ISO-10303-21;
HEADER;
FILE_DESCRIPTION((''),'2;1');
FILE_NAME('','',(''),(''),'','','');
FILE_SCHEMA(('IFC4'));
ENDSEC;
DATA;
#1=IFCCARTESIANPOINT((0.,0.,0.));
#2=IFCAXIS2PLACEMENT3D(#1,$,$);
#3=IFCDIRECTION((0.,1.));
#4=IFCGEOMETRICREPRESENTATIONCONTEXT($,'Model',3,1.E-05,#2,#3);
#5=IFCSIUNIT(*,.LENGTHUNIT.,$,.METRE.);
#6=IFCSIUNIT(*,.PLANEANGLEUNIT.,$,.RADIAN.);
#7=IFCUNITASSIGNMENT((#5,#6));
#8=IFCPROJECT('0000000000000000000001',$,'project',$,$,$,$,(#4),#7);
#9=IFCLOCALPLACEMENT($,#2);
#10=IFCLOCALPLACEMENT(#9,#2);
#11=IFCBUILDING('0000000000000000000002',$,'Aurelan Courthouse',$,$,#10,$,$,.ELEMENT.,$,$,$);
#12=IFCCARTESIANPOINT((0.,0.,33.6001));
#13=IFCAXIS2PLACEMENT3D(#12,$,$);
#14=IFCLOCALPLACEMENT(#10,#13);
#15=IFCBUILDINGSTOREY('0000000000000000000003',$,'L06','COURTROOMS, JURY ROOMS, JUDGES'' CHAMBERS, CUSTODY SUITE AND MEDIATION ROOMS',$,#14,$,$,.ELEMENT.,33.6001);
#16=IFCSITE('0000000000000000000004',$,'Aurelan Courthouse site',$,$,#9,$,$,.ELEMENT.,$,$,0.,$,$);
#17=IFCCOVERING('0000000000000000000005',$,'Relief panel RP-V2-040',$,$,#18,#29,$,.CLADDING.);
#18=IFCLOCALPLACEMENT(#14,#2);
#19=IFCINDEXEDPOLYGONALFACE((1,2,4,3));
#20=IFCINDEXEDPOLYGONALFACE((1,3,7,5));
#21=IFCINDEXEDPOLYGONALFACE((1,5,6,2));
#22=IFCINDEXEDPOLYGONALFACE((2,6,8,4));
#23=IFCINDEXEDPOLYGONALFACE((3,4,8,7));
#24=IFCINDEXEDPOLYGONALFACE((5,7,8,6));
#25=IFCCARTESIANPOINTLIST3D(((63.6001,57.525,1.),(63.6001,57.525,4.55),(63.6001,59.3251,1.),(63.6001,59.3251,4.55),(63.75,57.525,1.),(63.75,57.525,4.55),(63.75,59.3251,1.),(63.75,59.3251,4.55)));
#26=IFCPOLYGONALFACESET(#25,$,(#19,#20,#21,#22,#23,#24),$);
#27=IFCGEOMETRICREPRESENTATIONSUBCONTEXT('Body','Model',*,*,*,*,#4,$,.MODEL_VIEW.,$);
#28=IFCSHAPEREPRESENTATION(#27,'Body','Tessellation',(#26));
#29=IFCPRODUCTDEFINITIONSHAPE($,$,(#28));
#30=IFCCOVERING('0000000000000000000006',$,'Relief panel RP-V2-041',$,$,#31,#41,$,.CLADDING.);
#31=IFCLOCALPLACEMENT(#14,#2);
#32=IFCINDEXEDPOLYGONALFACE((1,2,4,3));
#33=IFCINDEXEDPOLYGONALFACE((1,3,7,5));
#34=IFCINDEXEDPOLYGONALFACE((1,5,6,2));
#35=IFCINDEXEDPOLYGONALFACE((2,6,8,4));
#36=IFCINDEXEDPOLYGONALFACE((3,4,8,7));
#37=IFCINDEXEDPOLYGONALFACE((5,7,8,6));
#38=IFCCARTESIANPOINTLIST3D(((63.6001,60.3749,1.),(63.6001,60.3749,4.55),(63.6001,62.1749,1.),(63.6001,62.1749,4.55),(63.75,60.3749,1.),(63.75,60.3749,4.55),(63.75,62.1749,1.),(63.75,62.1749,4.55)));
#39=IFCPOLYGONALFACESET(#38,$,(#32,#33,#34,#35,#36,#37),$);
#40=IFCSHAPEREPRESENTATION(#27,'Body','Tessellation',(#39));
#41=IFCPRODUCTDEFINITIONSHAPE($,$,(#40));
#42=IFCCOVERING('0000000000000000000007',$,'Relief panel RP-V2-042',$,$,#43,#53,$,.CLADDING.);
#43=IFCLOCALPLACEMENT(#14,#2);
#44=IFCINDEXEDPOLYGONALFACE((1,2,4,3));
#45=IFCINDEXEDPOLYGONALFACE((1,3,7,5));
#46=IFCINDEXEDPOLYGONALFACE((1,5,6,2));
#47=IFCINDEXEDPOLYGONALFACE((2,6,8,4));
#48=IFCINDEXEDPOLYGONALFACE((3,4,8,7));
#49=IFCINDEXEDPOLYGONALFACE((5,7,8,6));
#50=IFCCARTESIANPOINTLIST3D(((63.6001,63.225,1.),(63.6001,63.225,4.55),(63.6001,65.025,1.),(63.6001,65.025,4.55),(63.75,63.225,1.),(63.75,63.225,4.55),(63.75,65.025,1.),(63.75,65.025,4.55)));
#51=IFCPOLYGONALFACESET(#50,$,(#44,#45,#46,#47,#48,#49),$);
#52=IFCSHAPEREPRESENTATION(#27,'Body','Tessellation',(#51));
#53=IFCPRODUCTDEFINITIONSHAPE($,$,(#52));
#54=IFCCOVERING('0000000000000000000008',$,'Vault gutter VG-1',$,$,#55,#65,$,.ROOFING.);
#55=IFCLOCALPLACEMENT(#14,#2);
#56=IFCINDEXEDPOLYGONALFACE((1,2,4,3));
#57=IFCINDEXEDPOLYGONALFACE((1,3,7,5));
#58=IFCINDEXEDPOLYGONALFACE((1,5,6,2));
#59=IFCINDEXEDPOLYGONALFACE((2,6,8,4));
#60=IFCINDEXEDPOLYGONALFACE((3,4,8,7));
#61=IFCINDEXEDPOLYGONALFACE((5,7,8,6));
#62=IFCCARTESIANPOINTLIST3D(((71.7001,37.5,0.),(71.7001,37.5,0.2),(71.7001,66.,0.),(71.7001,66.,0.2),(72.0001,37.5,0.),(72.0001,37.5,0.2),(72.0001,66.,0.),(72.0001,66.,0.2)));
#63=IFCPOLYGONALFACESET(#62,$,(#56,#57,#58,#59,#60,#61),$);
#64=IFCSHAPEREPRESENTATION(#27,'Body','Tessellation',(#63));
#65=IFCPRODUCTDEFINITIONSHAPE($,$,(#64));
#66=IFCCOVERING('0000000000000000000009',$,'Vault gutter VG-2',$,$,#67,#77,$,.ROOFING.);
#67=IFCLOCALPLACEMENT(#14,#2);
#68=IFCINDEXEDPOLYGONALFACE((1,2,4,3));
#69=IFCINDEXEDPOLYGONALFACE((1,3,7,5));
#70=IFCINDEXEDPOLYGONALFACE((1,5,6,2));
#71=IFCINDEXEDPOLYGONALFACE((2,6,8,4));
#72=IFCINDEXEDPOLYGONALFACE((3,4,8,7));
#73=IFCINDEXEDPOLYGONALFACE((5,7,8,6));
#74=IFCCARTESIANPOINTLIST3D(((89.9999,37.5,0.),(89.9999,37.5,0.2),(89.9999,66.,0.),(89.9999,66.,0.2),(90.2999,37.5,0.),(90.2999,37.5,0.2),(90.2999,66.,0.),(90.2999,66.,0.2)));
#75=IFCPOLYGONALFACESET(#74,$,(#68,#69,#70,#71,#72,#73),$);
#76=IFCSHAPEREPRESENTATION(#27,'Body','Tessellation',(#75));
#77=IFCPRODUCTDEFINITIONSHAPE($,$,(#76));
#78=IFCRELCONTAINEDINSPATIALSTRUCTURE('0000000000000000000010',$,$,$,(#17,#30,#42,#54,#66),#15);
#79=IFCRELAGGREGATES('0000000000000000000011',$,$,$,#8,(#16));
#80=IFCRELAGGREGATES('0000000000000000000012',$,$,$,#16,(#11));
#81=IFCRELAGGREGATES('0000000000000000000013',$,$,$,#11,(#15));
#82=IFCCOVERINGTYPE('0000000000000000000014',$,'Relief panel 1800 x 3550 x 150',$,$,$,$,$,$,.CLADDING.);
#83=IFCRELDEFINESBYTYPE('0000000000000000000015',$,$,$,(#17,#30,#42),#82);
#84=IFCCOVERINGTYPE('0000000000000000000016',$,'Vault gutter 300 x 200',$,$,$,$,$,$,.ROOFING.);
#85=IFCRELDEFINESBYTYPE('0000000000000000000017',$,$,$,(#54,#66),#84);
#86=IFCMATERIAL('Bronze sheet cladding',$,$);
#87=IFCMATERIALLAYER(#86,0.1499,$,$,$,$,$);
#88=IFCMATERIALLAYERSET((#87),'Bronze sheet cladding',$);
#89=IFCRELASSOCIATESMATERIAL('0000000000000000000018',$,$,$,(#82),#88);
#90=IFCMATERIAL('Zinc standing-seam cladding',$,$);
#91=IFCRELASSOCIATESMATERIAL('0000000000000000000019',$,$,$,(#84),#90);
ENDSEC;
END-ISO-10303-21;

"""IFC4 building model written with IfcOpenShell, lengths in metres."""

from ifc_helpers import new_model, si_unit, direction, frame, origin, origin_2d, place, context, subcontext, project, spatial, rectangle, extrude, material, layer, layer_set, type_object, element, save


model = new_model("IFC4")

# Units and contexts
model_context = context("Model", 3, precision=1e-05, world=origin(), true_north=direction((0.0, 1.0)))
body_context = subcontext(model_context, "Body", "Model", "MODEL_VIEW")
ifc_project = project(units=[si_unit("LENGTHUNIT", "METRE"), si_unit("PLANEANGLEUNIT", "RADIAN")], contexts=[model_context])

# Site, building, storey
site_placement = place(None, origin())
site = spatial("IfcSite", under=ifc_project, at=site_placement, Name="Aurelan Courthouse site", CompositionType="ELEMENT", RefElevation=0.0)
building_placement = place(site_placement, origin())
building = spatial("IfcBuilding", under=site, at=building_placement, Name="Aurelan Courthouse", CompositionType="ELEMENT")
storey_placement = place(building_placement, frame((0.0, 0.0, 33.6001)))
storey = spatial("IfcBuildingStorey", under=building, at=storey_placement, Name="L06", Description="COURTROOMS, JURY ROOMS, JUDGES' CHAMBERS, CUSTODY SUITE AND MEDIATION ROOMS", CompositionType="ELEMENT", Elevation=33.6001)

# Shared definitions
ifc_material_1 = material(Name="Zinc standing-seam cladding")

# Coverings
ifc_material_2 = material(Name="Bronze sheet cladding")
ifc_layer_1 = layer(ifc_material_2, 0.1499)
ifc_layer_set_1 = layer_set([ifc_layer_1], Name="Bronze sheet cladding")
covering_type_1 = type_object("IfcCoveringType", Name="Relief panel 1800 x 3550 x 150", PredefinedType="CLADDING", material=ifc_layer_set_1)
for number, where, z_axis, x_axis, name in (
    (1, (63.675, 58.425, 1.0), (0.0, 0.0, 1.0), (1.0, 0.0, 0.0), "Relief panel RP-V2-040"),
    (2, (63.675, 61.2749, 1.0), (0.0, 0.0, 1.0), (1.0, 0.0, 0.0), "Relief panel RP-V2-041"),
    (3, (63.675, 64.125, 1.0), (0.0, 0.0, 1.0), (1.0, 0.0, 0.0), "Relief panel RP-V2-042"),
):
    element("IfcCovering", number, at=place(storey_placement, frame(where, z_axis=z_axis, x_axis=x_axis)), inside=storey, type_object=covering_type_1, Name=name, PredefinedType="CLADDING", context=body_context, shape_type="SweptSolid", body=[
        extrude(rectangle(XDim=0.1499, YDim=1.8, at=origin_2d()), origin(), (0.0, 0.0, 1.0), 3.55),
    ])
covering_type_2 = type_object("IfcCoveringType", Name="Vault gutter 300 x 200", PredefinedType="ROOFING", material=ifc_material_1)
for number, where, z_axis, x_axis, name in (
    (4, (71.8501, 51.75, 0.0), (0.0, 0.0, 1.0), (1.0, 0.0, 0.0), "Vault gutter VG-1"),
    (5, (90.1499, 51.75, 0.0), (0.0, 0.0, 1.0), (1.0, 0.0, 0.0), "Vault gutter VG-2"),
):
    element("IfcCovering", number, at=place(storey_placement, frame(where, z_axis=z_axis, x_axis=x_axis)), inside=storey, type_object=covering_type_2, Name=name, PredefinedType="ROOFING", context=body_context, shape_type="SweptSolid", body=[
        extrude(rectangle(XDim=0.3, YDim=28.5, at=origin_2d()), origin(), (0.0, 0.0, 1.0), 0.2),
    ])

save(model, "model.ifc")
